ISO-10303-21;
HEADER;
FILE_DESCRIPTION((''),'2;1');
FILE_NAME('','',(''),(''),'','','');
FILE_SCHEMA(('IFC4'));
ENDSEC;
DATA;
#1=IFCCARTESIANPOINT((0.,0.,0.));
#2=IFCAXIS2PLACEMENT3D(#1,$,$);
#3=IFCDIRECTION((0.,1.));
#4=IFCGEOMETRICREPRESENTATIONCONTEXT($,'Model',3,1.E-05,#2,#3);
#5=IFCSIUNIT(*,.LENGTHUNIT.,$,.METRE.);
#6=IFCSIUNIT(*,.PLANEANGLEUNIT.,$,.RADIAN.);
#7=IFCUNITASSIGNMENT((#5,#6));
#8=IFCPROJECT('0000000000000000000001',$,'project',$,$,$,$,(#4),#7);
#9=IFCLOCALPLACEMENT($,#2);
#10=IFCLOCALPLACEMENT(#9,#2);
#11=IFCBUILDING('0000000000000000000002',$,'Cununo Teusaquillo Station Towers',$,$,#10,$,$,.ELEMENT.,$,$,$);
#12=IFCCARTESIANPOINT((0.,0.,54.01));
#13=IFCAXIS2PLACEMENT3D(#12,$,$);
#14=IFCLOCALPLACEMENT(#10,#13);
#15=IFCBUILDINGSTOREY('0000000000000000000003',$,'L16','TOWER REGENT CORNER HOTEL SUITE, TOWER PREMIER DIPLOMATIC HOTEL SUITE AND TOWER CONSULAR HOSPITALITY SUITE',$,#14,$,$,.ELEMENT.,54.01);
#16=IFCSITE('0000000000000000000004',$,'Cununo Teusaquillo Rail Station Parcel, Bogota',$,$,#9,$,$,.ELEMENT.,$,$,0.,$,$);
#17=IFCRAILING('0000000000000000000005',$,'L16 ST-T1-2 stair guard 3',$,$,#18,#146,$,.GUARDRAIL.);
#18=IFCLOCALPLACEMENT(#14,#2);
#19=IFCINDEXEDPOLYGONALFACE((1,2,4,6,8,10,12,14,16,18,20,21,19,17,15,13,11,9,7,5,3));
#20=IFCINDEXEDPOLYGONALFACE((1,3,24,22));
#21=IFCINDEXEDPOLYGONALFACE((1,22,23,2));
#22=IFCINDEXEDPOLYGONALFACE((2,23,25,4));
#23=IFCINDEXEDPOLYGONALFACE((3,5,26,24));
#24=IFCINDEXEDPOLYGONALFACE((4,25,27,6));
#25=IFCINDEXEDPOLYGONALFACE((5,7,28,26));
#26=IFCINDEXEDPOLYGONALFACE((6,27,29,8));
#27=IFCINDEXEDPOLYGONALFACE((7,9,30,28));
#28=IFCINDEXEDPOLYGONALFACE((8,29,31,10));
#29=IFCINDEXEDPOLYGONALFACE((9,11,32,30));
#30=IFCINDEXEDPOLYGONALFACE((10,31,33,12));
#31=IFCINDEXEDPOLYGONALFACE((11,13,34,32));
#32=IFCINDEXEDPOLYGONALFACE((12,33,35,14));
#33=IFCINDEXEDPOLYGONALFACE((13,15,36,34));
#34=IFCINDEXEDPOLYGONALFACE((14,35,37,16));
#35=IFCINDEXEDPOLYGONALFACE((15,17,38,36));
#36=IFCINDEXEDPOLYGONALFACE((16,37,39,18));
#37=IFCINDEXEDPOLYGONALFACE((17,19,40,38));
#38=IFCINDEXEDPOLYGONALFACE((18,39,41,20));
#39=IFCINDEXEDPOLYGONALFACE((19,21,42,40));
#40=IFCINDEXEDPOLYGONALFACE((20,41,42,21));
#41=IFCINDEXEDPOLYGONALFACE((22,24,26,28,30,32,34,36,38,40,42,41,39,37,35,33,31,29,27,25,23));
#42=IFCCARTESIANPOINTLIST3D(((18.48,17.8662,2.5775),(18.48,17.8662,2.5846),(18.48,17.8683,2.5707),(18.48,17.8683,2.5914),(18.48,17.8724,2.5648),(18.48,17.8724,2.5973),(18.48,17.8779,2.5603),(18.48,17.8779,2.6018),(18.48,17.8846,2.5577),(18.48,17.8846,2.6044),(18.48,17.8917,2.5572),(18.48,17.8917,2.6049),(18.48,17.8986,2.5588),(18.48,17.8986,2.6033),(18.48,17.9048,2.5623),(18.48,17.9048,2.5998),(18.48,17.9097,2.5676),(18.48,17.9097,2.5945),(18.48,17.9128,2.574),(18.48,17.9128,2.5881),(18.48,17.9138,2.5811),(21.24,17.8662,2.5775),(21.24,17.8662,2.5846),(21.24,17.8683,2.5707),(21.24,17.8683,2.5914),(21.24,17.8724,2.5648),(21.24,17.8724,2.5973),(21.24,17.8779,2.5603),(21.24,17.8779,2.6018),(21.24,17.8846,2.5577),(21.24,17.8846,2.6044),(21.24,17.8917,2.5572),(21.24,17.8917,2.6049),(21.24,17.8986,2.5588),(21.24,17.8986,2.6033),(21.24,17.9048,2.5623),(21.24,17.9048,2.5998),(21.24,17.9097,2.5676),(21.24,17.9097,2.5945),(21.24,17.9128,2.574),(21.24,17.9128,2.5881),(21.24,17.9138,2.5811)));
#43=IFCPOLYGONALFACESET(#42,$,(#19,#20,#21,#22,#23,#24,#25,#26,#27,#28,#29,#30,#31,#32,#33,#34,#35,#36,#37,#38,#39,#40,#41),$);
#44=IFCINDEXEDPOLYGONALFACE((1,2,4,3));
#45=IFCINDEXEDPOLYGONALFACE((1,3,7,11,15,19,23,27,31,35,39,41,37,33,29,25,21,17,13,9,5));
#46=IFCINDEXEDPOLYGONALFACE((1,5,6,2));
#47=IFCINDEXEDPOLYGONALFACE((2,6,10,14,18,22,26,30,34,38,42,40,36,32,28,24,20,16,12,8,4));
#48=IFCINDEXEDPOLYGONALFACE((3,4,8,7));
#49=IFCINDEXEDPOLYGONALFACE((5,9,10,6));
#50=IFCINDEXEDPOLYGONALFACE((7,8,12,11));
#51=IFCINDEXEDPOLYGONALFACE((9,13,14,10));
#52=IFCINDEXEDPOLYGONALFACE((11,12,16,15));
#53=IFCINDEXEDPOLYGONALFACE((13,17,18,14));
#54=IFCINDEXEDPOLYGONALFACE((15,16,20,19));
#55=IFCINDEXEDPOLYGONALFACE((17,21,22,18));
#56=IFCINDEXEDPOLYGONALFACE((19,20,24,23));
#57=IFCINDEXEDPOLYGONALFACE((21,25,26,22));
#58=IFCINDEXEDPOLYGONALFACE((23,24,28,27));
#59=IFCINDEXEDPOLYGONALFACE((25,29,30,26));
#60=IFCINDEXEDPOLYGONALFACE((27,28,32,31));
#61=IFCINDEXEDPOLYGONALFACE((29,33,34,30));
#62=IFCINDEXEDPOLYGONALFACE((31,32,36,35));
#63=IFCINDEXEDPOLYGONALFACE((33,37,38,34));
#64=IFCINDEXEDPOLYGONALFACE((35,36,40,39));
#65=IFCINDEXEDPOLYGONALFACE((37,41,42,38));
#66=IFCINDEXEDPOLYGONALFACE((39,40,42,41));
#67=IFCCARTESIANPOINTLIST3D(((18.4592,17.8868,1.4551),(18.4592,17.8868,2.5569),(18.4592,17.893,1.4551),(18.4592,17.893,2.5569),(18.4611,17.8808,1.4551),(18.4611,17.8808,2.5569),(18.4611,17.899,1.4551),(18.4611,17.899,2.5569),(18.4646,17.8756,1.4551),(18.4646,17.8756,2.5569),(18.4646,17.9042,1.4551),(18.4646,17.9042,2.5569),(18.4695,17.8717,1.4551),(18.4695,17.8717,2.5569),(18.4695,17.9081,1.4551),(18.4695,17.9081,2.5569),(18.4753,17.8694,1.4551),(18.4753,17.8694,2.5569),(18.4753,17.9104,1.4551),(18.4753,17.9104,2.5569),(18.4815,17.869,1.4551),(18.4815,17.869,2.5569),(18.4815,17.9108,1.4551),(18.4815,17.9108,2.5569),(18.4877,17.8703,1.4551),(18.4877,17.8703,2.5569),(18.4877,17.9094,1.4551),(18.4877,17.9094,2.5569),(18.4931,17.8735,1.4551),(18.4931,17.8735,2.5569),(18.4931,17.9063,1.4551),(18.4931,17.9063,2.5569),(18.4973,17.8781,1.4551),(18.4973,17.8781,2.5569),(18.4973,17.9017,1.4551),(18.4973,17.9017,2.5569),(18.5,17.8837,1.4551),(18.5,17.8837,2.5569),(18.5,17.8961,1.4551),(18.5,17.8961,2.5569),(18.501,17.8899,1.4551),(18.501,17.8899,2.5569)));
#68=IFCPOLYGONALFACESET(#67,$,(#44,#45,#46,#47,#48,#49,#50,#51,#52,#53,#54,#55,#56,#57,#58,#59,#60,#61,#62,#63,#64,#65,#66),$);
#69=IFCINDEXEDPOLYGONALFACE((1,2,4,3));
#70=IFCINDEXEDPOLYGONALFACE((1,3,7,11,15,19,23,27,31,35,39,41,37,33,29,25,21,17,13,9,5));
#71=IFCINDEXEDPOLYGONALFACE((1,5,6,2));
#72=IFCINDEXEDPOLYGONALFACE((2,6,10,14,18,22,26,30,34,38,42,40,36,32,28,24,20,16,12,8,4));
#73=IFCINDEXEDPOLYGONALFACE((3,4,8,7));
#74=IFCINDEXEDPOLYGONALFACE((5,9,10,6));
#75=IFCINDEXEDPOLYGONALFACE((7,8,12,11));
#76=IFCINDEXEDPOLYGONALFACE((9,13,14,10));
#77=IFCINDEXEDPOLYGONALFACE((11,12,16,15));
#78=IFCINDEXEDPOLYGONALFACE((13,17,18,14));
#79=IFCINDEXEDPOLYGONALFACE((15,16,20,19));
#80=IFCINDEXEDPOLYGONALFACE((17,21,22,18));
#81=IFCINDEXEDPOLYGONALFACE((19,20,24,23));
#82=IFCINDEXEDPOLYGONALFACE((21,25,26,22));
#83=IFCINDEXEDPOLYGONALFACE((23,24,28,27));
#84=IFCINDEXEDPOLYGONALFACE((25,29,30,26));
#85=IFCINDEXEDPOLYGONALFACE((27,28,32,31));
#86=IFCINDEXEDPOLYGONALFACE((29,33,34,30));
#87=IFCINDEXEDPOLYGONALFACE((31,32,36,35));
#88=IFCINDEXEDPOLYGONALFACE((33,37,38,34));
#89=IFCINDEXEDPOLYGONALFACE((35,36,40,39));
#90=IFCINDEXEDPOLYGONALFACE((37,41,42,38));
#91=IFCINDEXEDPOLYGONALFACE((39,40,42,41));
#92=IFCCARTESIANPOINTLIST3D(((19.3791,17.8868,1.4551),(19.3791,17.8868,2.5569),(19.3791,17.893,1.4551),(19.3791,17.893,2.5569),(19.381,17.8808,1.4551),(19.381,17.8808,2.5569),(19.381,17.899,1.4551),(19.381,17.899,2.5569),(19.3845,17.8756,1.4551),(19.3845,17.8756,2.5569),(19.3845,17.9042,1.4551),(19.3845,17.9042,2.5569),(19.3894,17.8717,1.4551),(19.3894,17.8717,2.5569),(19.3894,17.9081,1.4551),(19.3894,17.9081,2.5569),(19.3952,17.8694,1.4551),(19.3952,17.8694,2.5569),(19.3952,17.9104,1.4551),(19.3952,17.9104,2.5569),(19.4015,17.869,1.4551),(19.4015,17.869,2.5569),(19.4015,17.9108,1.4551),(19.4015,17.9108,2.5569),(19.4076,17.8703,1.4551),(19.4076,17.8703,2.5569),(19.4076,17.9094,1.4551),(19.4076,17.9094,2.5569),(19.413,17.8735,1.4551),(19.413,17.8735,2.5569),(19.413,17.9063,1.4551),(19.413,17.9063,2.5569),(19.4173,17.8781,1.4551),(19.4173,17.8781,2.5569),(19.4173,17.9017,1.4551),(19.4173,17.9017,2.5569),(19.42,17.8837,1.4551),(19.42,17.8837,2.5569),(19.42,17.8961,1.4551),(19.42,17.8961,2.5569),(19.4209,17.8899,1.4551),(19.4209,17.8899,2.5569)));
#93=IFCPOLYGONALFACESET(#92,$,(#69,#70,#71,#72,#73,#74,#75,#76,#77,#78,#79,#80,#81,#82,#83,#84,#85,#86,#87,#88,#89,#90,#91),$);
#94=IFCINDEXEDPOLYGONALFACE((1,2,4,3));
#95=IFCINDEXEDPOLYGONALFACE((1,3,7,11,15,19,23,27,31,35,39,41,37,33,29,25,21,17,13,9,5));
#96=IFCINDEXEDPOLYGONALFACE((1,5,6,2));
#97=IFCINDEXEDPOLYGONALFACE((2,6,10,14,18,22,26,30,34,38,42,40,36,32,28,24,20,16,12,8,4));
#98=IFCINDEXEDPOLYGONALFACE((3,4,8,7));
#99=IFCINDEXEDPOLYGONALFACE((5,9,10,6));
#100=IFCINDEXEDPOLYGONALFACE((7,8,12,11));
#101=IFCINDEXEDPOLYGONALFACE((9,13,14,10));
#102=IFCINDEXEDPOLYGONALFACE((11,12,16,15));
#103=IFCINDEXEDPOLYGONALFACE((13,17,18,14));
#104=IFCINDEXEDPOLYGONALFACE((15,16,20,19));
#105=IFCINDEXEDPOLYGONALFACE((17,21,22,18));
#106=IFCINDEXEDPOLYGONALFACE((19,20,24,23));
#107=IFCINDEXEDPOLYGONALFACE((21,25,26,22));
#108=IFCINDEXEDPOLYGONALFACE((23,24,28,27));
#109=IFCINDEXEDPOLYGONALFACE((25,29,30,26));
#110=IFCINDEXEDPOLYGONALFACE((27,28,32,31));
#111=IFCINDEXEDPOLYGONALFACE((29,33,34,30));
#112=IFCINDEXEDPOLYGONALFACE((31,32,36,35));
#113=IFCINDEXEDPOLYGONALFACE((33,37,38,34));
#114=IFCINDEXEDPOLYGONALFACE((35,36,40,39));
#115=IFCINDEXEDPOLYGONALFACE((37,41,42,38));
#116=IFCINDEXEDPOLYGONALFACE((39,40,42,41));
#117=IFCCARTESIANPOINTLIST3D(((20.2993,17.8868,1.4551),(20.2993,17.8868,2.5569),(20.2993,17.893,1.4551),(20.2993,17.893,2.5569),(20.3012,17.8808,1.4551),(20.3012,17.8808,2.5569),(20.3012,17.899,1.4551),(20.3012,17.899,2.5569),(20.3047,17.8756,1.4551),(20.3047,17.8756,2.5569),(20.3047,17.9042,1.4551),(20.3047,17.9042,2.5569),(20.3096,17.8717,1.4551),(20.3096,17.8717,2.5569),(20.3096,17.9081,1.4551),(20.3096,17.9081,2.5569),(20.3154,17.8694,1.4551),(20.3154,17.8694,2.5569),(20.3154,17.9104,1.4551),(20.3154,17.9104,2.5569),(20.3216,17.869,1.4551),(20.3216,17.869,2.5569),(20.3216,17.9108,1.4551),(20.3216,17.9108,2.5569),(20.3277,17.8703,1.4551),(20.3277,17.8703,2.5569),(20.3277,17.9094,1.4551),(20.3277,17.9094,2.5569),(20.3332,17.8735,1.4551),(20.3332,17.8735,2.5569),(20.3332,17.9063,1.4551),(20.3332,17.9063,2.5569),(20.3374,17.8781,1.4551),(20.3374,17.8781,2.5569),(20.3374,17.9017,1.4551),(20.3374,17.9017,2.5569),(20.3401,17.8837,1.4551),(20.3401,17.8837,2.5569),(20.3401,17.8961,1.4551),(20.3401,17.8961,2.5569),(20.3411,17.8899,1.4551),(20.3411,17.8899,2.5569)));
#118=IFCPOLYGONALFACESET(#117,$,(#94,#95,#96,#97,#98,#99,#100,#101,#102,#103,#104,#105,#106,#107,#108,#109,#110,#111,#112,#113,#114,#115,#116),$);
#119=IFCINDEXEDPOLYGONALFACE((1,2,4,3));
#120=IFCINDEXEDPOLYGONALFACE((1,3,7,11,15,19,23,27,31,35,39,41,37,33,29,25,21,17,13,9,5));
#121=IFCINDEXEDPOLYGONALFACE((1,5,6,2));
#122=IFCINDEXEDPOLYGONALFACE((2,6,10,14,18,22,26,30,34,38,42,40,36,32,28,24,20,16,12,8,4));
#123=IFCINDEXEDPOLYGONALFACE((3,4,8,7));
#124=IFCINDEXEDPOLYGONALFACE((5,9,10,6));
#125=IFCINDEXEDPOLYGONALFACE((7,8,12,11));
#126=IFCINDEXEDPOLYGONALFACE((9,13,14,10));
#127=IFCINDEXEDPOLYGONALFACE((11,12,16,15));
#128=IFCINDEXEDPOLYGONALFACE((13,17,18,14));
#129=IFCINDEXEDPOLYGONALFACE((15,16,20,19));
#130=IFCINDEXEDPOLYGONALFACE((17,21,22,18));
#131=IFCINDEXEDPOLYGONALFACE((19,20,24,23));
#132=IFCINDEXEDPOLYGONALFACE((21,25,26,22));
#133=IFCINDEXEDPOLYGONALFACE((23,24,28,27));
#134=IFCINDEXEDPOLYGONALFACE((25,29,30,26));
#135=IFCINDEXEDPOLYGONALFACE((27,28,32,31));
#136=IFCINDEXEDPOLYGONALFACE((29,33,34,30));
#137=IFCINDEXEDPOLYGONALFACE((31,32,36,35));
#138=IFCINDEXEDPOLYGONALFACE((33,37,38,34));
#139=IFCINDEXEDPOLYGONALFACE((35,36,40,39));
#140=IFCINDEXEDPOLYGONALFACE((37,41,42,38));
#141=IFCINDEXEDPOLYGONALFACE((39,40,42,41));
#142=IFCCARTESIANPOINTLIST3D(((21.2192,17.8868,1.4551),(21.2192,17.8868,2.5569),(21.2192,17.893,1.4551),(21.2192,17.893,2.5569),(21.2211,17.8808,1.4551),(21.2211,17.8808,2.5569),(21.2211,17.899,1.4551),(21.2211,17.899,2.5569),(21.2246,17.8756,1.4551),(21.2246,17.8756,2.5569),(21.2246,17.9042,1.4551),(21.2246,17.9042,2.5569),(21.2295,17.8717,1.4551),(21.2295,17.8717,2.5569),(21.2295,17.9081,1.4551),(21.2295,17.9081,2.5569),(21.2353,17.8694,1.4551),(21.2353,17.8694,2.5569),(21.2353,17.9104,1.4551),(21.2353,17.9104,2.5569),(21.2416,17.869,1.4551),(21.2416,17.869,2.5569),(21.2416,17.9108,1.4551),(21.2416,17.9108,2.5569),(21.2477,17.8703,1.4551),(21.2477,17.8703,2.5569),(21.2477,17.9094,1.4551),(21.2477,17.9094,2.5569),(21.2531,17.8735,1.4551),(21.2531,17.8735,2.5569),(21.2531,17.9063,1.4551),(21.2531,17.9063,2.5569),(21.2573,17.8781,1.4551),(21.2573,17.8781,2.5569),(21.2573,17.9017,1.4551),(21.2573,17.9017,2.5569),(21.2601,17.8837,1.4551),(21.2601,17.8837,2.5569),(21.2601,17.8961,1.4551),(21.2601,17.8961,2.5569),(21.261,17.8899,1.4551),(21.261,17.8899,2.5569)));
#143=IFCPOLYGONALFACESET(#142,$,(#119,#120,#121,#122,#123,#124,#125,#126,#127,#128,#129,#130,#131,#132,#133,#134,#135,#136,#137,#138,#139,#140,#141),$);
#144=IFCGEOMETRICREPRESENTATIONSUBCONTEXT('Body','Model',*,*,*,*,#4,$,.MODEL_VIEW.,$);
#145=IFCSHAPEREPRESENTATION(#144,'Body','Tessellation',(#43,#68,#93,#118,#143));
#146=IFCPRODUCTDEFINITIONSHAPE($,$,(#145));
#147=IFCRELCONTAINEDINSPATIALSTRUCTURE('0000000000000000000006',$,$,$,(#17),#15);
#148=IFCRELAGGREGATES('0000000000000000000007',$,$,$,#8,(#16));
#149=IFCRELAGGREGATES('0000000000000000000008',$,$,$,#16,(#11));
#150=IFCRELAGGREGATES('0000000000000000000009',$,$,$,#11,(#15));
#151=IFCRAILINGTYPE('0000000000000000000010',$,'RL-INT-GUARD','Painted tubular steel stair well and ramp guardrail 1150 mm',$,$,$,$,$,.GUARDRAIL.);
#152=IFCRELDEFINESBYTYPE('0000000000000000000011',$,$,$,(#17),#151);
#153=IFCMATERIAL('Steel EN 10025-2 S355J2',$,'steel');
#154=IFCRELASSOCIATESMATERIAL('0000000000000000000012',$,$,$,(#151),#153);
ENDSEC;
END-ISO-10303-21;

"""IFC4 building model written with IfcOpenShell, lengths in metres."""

from ifc_helpers import new_model, si_unit, direction, frame, origin, origin_2d, place, context, subcontext, project, spatial, circle, extrude, material, type_object, element, save


model = new_model("IFC4")

# Units and contexts
model_context = context("Model", 3, precision=1e-05, world=origin(), true_north=direction((0.0, 1.0)))
body_context = subcontext(model_context, "Body", "Model", "MODEL_VIEW")
ifc_project = project(units=[si_unit("LENGTHUNIT", "METRE"), si_unit("PLANEANGLEUNIT", "RADIAN")], contexts=[model_context])

# Site, building, storey
site_placement = place(None, origin())
site = spatial("IfcSite", under=ifc_project, at=site_placement, Name="Cununo Teusaquillo Rail Station Parcel, Bogota", CompositionType="ELEMENT", RefElevation=0.0)
building_placement = place(site_placement, origin())
building = spatial("IfcBuilding", under=site, at=building_placement, Name="Cununo Teusaquillo Station Towers", CompositionType="ELEMENT")
storey_placement = place(building_placement, frame((0.0, 0.0, 54.01)))
storey = spatial("IfcBuildingStorey", under=building, at=storey_placement, Name="L16", Description="TOWER REGENT CORNER HOTEL SUITE, TOWER PREMIER DIPLOMATIC HOTEL SUITE AND TOWER CONSULAR HOSPITALITY SUITE", CompositionType="ELEMENT", Elevation=54.01)

# Railing
ifc_material_1 = material(Name="Steel EN 10025-2 S355J2", Category="steel")
railing_type_1 = type_object("IfcRailingType", Name="RL-INT-GUARD", Description="Painted tubular steel stair well and ramp guardrail 1150 mm", PredefinedType="GUARDRAIL", material=ifc_material_1)
railing_1_placement = place(storey_placement, frame((18.48, 17.8899, 1.4551)))
element("IfcRailing", 1, at=railing_1_placement, inside=storey, type_object=railing_type_1, Name="L16 ST-T1-2 stair guard 3", PredefinedType="GUARDRAIL", context=body_context, shape_type="SweptSolid", body=[
    extrude(circle(Radius=0.0239, at=origin_2d()), frame((0.0, 0.0, 1.126), z_axis=(1.0, 0.0, 0.0), x_axis=(0.0, 1.0, 0.0)), (0.0, 0.0, 1.0), 2.76),
    extrude(circle(Radius=0.021, at=origin_2d()), origin(), (0.0, 0.0, 1.0), 1.1018),
    extrude(circle(Radius=0.021, at=origin_2d()), frame((0.9199, 0.0, 0.0)), (0.0, 0.0, 1.0), 1.1018),
    extrude(circle(Radius=0.021, at=origin_2d()), frame((1.8401, 0.0, 0.0)), (0.0, 0.0, 1.0), 1.1018),
    extrude(circle(Radius=0.021, at=origin_2d()), frame((2.76, 0.0, 0.0)), (0.0, 0.0, 1.0), 1.1018),
])

save(model, "model.ifc")
